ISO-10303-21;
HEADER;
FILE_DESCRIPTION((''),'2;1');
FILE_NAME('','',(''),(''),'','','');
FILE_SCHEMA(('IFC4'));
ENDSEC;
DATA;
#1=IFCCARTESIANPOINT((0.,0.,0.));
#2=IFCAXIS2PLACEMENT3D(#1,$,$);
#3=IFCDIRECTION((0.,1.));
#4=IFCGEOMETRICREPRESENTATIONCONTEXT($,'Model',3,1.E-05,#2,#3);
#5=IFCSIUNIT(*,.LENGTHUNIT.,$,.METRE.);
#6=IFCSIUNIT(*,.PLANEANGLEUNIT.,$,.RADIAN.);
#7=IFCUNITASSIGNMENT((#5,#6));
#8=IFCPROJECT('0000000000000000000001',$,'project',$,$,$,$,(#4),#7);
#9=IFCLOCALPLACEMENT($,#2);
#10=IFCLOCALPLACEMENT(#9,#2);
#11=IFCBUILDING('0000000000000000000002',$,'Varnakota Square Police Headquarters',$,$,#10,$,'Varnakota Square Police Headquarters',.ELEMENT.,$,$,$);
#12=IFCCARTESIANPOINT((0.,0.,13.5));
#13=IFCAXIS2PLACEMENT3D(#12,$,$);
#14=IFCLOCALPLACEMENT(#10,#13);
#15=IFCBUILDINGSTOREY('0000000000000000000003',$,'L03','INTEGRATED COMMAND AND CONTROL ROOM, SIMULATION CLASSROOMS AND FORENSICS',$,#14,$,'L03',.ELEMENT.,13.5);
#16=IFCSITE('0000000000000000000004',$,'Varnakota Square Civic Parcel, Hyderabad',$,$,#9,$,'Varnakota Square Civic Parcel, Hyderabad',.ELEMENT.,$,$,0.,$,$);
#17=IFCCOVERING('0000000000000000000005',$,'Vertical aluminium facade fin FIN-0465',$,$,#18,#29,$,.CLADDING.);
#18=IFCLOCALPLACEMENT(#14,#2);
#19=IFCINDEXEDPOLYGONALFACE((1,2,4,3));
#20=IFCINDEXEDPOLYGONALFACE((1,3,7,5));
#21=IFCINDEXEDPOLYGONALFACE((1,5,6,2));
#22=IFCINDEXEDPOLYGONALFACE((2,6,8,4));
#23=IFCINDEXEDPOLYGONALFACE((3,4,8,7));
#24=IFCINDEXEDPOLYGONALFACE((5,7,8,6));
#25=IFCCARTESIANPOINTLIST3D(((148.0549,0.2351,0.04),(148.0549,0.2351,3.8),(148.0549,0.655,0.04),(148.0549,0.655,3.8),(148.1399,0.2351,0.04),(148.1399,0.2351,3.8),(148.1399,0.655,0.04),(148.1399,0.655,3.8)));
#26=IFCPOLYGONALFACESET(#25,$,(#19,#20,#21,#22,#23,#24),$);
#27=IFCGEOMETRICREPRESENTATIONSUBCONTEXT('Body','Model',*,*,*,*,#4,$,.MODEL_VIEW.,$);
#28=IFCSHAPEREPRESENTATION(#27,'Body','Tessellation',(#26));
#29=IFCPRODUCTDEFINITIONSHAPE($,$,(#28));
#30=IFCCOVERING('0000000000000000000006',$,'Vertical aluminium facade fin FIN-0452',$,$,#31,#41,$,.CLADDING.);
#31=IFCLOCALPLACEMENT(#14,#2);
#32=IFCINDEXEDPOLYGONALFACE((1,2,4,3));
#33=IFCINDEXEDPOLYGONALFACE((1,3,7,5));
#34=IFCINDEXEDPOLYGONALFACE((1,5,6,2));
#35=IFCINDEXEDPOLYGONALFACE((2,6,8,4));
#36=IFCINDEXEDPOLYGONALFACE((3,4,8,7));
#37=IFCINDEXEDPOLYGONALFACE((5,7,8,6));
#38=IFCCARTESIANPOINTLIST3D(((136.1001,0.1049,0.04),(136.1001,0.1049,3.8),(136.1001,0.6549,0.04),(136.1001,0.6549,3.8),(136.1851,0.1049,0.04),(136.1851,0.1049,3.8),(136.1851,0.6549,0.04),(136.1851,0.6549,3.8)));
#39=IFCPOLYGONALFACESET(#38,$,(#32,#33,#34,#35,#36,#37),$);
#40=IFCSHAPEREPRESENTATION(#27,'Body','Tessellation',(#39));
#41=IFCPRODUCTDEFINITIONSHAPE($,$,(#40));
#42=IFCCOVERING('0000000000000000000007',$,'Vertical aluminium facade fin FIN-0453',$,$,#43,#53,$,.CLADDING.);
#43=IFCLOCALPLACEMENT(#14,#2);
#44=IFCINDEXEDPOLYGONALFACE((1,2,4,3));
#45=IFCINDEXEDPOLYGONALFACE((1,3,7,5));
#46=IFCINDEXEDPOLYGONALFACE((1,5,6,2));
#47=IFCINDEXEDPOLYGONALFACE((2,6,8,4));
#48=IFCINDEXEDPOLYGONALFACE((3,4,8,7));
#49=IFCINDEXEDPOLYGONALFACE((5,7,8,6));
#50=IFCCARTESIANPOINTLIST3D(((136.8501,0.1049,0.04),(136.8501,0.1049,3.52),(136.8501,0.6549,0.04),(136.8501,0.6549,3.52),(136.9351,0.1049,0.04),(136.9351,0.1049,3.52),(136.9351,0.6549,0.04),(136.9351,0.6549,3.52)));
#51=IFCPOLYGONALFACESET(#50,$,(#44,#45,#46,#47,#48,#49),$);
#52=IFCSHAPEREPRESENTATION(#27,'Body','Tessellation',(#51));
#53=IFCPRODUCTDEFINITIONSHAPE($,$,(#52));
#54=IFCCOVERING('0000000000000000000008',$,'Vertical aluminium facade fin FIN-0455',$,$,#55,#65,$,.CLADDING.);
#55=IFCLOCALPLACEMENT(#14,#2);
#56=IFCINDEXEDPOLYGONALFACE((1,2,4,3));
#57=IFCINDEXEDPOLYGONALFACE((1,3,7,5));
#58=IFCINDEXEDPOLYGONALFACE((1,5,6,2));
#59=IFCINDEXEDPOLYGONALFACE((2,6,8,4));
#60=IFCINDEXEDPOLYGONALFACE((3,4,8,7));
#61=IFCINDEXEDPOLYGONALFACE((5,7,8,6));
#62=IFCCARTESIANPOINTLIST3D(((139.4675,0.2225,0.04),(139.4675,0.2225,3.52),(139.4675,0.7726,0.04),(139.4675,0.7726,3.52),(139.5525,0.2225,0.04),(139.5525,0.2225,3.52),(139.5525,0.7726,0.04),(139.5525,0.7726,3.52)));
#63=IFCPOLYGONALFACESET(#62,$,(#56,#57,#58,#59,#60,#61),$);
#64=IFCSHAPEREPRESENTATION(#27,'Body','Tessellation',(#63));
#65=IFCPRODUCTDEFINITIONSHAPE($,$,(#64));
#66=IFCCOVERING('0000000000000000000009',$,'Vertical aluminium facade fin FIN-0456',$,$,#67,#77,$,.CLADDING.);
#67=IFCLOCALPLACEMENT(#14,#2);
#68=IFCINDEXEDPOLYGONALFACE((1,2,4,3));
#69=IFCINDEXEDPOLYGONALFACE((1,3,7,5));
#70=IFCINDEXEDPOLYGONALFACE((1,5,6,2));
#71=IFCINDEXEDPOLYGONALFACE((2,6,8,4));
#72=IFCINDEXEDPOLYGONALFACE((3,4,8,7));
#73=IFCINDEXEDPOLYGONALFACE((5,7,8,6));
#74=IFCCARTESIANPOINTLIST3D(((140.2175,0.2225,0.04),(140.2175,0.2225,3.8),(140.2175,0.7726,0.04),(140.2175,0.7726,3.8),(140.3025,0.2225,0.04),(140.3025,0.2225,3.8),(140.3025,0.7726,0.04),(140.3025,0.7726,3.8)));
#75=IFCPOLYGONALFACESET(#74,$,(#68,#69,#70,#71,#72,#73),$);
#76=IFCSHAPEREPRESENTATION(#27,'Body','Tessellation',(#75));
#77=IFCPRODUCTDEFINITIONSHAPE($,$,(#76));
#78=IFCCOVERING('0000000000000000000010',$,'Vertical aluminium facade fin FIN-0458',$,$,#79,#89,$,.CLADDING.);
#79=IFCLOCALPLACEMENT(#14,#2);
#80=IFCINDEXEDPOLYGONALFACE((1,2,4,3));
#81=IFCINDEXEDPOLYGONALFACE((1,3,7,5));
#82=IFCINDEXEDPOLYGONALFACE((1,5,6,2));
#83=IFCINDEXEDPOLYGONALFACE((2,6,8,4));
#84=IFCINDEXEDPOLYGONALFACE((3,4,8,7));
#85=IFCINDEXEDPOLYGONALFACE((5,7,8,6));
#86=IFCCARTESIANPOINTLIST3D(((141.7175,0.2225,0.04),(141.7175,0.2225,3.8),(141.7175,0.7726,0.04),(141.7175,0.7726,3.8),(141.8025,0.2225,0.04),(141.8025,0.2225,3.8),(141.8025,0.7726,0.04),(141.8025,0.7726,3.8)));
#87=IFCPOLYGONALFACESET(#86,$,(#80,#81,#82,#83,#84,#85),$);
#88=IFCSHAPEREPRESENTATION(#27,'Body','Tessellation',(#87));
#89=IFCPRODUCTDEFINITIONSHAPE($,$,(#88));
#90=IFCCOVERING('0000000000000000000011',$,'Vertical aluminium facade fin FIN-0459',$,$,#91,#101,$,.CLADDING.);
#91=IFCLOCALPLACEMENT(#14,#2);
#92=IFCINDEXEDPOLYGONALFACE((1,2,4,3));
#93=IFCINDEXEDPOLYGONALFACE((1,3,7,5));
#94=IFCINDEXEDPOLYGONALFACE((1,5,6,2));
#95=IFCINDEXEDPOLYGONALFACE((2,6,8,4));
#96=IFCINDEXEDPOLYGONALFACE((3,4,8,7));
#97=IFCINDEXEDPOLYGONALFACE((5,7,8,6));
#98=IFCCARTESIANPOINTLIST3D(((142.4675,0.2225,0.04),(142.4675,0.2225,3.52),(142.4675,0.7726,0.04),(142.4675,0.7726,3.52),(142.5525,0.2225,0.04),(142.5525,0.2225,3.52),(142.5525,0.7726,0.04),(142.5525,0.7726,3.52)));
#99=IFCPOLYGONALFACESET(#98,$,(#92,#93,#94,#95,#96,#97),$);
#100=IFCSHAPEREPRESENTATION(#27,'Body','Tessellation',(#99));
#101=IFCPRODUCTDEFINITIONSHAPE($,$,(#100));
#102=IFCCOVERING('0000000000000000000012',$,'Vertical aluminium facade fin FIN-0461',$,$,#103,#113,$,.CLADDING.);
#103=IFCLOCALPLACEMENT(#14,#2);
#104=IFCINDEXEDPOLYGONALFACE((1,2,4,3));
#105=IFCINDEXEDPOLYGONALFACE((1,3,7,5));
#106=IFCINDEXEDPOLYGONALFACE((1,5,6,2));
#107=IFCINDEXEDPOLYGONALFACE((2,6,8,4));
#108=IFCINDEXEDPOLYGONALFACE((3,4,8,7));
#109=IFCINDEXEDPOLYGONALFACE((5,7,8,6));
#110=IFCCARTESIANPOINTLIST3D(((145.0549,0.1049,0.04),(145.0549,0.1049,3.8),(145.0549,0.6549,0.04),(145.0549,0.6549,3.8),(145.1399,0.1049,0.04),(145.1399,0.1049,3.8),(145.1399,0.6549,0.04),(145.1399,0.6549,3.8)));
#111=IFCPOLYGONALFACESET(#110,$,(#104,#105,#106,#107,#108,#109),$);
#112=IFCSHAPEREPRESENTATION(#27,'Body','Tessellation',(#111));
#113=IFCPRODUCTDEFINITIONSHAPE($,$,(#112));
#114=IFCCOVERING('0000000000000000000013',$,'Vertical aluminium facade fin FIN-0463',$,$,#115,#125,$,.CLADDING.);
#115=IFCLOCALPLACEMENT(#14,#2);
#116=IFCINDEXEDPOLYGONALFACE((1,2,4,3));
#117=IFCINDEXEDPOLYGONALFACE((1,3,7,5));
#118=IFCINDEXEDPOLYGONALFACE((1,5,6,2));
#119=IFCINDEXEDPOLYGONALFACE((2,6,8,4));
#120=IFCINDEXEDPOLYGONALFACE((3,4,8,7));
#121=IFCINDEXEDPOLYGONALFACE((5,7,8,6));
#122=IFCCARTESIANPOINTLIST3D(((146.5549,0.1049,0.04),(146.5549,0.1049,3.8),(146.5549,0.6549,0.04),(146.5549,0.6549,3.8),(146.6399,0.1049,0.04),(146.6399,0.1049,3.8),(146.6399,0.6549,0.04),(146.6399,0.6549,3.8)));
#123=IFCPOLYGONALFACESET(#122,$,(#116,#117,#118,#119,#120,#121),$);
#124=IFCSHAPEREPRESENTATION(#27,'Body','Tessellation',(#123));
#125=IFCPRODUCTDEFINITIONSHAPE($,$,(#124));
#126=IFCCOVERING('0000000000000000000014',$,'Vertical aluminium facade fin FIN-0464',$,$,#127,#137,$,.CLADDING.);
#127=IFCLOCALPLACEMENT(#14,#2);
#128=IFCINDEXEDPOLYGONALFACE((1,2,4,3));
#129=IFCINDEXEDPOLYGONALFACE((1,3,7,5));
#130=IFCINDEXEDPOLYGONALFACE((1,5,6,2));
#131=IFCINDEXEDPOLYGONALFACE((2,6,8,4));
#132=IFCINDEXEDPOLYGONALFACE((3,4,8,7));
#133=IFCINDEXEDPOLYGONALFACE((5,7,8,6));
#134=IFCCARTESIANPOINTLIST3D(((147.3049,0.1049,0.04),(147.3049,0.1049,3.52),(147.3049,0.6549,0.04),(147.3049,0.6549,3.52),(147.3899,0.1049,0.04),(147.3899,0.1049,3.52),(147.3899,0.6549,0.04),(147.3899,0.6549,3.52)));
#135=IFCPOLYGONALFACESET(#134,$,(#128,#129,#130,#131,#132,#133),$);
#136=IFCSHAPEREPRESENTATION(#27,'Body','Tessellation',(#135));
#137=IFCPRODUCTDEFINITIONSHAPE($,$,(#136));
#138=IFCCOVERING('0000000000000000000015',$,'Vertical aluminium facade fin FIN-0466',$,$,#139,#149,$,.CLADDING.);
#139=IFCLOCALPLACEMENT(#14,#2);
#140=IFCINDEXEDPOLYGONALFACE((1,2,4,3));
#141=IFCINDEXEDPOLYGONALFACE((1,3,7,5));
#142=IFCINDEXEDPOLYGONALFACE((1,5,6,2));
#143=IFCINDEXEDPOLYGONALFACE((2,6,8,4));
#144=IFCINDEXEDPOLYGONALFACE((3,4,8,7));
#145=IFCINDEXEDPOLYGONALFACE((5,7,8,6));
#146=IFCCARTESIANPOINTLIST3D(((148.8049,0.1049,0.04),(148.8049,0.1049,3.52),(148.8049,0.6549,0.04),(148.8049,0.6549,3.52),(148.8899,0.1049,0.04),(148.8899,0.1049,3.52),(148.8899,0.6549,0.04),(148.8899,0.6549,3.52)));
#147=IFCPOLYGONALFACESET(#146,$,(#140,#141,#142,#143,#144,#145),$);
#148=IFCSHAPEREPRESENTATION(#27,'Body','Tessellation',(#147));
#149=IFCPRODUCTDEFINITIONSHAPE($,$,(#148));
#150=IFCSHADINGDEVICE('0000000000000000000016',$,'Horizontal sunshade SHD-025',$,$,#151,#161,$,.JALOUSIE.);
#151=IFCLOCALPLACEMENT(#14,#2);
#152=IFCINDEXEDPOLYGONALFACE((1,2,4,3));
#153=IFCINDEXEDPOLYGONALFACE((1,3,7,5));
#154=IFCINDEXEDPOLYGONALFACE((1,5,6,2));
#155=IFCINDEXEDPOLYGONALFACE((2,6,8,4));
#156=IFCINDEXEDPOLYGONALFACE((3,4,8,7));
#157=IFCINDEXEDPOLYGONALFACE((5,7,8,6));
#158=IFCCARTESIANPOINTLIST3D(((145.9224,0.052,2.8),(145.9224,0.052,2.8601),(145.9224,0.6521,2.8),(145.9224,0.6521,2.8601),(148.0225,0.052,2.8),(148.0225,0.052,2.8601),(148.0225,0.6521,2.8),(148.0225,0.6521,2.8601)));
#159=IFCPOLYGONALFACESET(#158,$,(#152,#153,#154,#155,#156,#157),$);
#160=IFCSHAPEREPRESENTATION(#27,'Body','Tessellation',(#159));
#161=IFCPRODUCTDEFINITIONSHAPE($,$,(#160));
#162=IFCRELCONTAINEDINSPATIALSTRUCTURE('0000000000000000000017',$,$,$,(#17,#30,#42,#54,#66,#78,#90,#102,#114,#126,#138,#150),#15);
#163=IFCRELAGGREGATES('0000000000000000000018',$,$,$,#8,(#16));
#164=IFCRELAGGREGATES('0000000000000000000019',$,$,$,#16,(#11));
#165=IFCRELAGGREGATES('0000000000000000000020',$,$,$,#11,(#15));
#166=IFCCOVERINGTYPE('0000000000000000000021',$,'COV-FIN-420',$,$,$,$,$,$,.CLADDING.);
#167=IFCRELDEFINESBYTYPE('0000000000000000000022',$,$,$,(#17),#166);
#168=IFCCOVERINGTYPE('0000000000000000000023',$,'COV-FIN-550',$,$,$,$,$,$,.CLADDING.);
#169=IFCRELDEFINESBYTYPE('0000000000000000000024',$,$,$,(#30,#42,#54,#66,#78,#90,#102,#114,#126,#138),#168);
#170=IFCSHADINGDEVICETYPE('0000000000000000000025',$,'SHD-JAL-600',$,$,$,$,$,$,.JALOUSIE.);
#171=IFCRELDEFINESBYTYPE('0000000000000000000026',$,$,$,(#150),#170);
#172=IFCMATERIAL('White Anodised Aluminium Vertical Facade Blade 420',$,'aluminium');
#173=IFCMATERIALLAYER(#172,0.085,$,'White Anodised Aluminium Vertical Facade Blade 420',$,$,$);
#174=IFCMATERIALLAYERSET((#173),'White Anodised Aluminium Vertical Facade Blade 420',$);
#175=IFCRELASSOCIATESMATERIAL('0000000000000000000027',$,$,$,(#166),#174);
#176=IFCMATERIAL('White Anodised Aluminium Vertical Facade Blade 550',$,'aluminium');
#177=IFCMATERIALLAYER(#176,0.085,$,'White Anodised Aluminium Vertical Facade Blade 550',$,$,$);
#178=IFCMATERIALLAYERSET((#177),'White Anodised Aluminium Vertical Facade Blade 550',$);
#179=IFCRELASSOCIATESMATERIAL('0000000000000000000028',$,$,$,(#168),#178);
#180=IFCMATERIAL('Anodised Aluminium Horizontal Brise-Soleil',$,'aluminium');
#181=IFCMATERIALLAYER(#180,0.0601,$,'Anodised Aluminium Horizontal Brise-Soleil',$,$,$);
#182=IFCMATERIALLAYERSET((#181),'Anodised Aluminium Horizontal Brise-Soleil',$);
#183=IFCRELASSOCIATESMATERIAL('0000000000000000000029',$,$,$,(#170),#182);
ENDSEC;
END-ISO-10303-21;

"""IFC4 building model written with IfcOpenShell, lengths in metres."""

from ifc_helpers import new_model, si_unit, direction, frame, origin, origin_2d, place, context, subcontext, project, spatial, rectangle, extrude, material, layer, layer_set, type_object, element, save


model = new_model("IFC4")

# Units and contexts
model_context = context("Model", 3, precision=1e-05, world=origin(), true_north=direction((0.0, 1.0)))
body_context = subcontext(model_context, "Body", "Model", "MODEL_VIEW")
ifc_project = project(units=[si_unit("LENGTHUNIT", "METRE"), si_unit("PLANEANGLEUNIT", "RADIAN")], contexts=[model_context])

# Site, building, storey
site_placement = place(None, origin())
site = spatial("IfcSite", under=ifc_project, at=site_placement, Name="Varnakota Square Civic Parcel, Hyderabad", LongName="Varnakota Square Civic Parcel, Hyderabad", CompositionType="ELEMENT", RefElevation=0.0)
building_placement = place(site_placement, origin())
building = spatial("IfcBuilding", under=site, at=building_placement, Name="Varnakota Square Police Headquarters", LongName="Varnakota Square Police Headquarters", CompositionType="ELEMENT")
storey_placement = place(building_placement, frame((0.0, 0.0, 13.5)))
storey = spatial("IfcBuildingStorey", under=building, at=storey_placement, Name="L03", Description="INTEGRATED COMMAND AND CONTROL ROOM, SIMULATION CLASSROOMS AND FORENSICS", LongName="L03", CompositionType="ELEMENT", Elevation=13.5)

# Coverings
ifc_material_1 = material(Name="White Anodised Aluminium Vertical Facade Blade 420", Category="aluminium")
ifc_layer_1 = layer(ifc_material_1, 0.085, Name="White Anodised Aluminium Vertical Facade Blade 420")
ifc_layer_set_1 = layer_set([ifc_layer_1], Name="White Anodised Aluminium Vertical Facade Blade 420")
covering_type_1 = type_object("IfcCoveringType", Name="COV-FIN-420", PredefinedType="CLADDING", material=ifc_layer_set_1)
covering_1_placement = place(storey_placement, frame((148.0974, 0.4451, 0.04), z_axis=(0.0, 0.0, 1.0), x_axis=(1.0, 0.0, 0.0)))
element("IfcCovering", 1, at=covering_1_placement, inside=storey, type_object=covering_type_1, Name="Vertical aluminium facade fin FIN-0465", PredefinedType="CLADDING", context=body_context, shape_type="SweptSolid", body=[
    extrude(rectangle(XDim=0.085, YDim=0.4199, at=origin_2d()), origin(), (0.0, 0.0, 1.0), 3.76),
])
ifc_material_2 = material(Name="White Anodised Aluminium Vertical Facade Blade 550", Category="aluminium")
ifc_layer_2 = layer(ifc_material_2, 0.085, Name="White Anodised Aluminium Vertical Facade Blade 550")
ifc_layer_set_2 = layer_set([ifc_layer_2], Name="White Anodised Aluminium Vertical Facade Blade 550")
covering_type_2 = type_object("IfcCoveringType", Name="COV-FIN-550", PredefinedType="CLADDING", material=ifc_layer_set_2)
covering_2_placement = place(storey_placement, frame((136.1426, 0.3799, 0.04), z_axis=(0.0, 0.0, 1.0), x_axis=(1.0, 0.0, 0.0)))
element("IfcCovering", 2, at=covering_2_placement, inside=storey, type_object=covering_type_2, Name="Vertical aluminium facade fin FIN-0452", PredefinedType="CLADDING", context=body_context, shape_type="SweptSolid", body=[
    extrude(rectangle(XDim=0.085, YDim=0.55, at=origin_2d()), origin(), (0.0, 0.0, 1.0), 3.76),
])
for number, where, z_axis, x_axis, name in (
    (3, (136.8926, 0.3799, 0.04), (0.0, 0.0, 1.0), (1.0, 0.0, 0.0), "Vertical aluminium facade fin FIN-0453"),
    (4, (139.51, 0.4976, 0.04), (0.0, 0.0, 1.0), (1.0, 0.0, 0.0), "Vertical aluminium facade fin FIN-0455"),
):
    element("IfcCovering", number, at=place(storey_placement, frame(where, z_axis=z_axis, x_axis=x_axis)), inside=storey, type_object=covering_type_2, Name=name, PredefinedType="CLADDING", context=body_context, shape_type="SweptSolid", body=[
        extrude(rectangle(XDim=0.085, YDim=0.55, at=origin_2d()), origin(), (0.0, 0.0, 1.0), 3.48),
    ])
for number, where, z_axis, x_axis, name in (
    (5, (140.26, 0.4976, 0.04), (0.0, 0.0, 1.0), (1.0, 0.0, 0.0), "Vertical aluminium facade fin FIN-0456"),
    (6, (141.76, 0.4976, 0.04), (0.0, 0.0, 1.0), (1.0, 0.0, 0.0), "Vertical aluminium facade fin FIN-0458"),
):
    element("IfcCovering", number, at=place(storey_placement, frame(where, z_axis=z_axis, x_axis=x_axis)), inside=storey, type_object=covering_type_2, Name=name, PredefinedType="CLADDING", context=body_context, shape_type="SweptSolid", body=[
        extrude(rectangle(XDim=0.085, YDim=0.55, at=origin_2d()), origin(), (0.0, 0.0, 1.0), 3.76),
    ])
covering_3_placement = place(storey_placement, frame((142.51, 0.4976, 0.04), z_axis=(0.0, 0.0, 1.0), x_axis=(1.0, 0.0, 0.0)))
element("IfcCovering", 7, at=covering_3_placement, inside=storey, type_object=covering_type_2, Name="Vertical aluminium facade fin FIN-0459", PredefinedType="CLADDING", context=body_context, shape_type="SweptSolid", body=[
    extrude(rectangle(XDim=0.085, YDim=0.55, at=origin_2d()), origin(), (0.0, 0.0, 1.0), 3.48),
])
for number, where, z_axis, x_axis, name in (
    (8, (145.0974, 0.3799, 0.04), (0.0, 0.0, 1.0), (1.0, 0.0, 0.0), "Vertical aluminium facade fin FIN-0461"),
    (9, (146.5974, 0.3799, 0.04), (0.0, 0.0, 1.0), (1.0, 0.0, 0.0), "Vertical aluminium facade fin FIN-0463"),
):
    element("IfcCovering", number, at=place(storey_placement, frame(where, z_axis=z_axis, x_axis=x_axis)), inside=storey, type_object=covering_type_2, Name=name, PredefinedType="CLADDING", context=body_context, shape_type="SweptSolid", body=[
        extrude(rectangle(XDim=0.085, YDim=0.55, at=origin_2d()), origin(), (0.0, 0.0, 1.0), 3.76),
    ])
for number, where, z_axis, x_axis, name in (
    (10, (147.3474, 0.3799, 0.04), (0.0, 0.0, 1.0), (1.0, 0.0, 0.0), "Vertical aluminium facade fin FIN-0464"),
    (11, (148.8474, 0.3799, 0.04), (0.0, 0.0, 1.0), (1.0, 0.0, 0.0), "Vertical aluminium facade fin FIN-0466"),
):
    element("IfcCovering", number, at=place(storey_placement, frame(where, z_axis=z_axis, x_axis=x_axis)), inside=storey, type_object=covering_type_2, Name=name, PredefinedType="CLADDING", context=body_context, shape_type="SweptSolid", body=[
        extrude(rectangle(XDim=0.085, YDim=0.55, at=origin_2d()), origin(), (0.0, 0.0, 1.0), 3.48),
    ])

# Shading device
ifc_material_3 = material(Name="Anodised Aluminium Horizontal Brise-Soleil", Category="aluminium")
ifc_layer_3 = layer(ifc_material_3, 0.0601, Name="Anodised Aluminium Horizontal Brise-Soleil")
ifc_layer_set_3 = layer_set([ifc_layer_3], Name="Anodised Aluminium Horizontal Brise-Soleil")
shading_device_type = type_object("IfcShadingDeviceType", Name="SHD-JAL-600", PredefinedType="JALOUSIE", material=ifc_layer_set_3)
shading_device_placement = place(storey_placement, frame((146.9724, 0.3521, 2.8), z_axis=(0.0, 0.0, 1.0), x_axis=(1.0, 0.0, 0.0)))
element("IfcShadingDevice", 12, at=shading_device_placement, inside=storey, type_object=shading_device_type, Name="Horizontal sunshade SHD-025", PredefinedType="JALOUSIE", context=body_context, shape_type="SweptSolid", body=[
    extrude(rectangle(XDim=2.1001, YDim=0.6001, at=origin_2d()), origin(), (0.0, 0.0, 1.0), 0.0601),
])

save(model, "model.ifc")
